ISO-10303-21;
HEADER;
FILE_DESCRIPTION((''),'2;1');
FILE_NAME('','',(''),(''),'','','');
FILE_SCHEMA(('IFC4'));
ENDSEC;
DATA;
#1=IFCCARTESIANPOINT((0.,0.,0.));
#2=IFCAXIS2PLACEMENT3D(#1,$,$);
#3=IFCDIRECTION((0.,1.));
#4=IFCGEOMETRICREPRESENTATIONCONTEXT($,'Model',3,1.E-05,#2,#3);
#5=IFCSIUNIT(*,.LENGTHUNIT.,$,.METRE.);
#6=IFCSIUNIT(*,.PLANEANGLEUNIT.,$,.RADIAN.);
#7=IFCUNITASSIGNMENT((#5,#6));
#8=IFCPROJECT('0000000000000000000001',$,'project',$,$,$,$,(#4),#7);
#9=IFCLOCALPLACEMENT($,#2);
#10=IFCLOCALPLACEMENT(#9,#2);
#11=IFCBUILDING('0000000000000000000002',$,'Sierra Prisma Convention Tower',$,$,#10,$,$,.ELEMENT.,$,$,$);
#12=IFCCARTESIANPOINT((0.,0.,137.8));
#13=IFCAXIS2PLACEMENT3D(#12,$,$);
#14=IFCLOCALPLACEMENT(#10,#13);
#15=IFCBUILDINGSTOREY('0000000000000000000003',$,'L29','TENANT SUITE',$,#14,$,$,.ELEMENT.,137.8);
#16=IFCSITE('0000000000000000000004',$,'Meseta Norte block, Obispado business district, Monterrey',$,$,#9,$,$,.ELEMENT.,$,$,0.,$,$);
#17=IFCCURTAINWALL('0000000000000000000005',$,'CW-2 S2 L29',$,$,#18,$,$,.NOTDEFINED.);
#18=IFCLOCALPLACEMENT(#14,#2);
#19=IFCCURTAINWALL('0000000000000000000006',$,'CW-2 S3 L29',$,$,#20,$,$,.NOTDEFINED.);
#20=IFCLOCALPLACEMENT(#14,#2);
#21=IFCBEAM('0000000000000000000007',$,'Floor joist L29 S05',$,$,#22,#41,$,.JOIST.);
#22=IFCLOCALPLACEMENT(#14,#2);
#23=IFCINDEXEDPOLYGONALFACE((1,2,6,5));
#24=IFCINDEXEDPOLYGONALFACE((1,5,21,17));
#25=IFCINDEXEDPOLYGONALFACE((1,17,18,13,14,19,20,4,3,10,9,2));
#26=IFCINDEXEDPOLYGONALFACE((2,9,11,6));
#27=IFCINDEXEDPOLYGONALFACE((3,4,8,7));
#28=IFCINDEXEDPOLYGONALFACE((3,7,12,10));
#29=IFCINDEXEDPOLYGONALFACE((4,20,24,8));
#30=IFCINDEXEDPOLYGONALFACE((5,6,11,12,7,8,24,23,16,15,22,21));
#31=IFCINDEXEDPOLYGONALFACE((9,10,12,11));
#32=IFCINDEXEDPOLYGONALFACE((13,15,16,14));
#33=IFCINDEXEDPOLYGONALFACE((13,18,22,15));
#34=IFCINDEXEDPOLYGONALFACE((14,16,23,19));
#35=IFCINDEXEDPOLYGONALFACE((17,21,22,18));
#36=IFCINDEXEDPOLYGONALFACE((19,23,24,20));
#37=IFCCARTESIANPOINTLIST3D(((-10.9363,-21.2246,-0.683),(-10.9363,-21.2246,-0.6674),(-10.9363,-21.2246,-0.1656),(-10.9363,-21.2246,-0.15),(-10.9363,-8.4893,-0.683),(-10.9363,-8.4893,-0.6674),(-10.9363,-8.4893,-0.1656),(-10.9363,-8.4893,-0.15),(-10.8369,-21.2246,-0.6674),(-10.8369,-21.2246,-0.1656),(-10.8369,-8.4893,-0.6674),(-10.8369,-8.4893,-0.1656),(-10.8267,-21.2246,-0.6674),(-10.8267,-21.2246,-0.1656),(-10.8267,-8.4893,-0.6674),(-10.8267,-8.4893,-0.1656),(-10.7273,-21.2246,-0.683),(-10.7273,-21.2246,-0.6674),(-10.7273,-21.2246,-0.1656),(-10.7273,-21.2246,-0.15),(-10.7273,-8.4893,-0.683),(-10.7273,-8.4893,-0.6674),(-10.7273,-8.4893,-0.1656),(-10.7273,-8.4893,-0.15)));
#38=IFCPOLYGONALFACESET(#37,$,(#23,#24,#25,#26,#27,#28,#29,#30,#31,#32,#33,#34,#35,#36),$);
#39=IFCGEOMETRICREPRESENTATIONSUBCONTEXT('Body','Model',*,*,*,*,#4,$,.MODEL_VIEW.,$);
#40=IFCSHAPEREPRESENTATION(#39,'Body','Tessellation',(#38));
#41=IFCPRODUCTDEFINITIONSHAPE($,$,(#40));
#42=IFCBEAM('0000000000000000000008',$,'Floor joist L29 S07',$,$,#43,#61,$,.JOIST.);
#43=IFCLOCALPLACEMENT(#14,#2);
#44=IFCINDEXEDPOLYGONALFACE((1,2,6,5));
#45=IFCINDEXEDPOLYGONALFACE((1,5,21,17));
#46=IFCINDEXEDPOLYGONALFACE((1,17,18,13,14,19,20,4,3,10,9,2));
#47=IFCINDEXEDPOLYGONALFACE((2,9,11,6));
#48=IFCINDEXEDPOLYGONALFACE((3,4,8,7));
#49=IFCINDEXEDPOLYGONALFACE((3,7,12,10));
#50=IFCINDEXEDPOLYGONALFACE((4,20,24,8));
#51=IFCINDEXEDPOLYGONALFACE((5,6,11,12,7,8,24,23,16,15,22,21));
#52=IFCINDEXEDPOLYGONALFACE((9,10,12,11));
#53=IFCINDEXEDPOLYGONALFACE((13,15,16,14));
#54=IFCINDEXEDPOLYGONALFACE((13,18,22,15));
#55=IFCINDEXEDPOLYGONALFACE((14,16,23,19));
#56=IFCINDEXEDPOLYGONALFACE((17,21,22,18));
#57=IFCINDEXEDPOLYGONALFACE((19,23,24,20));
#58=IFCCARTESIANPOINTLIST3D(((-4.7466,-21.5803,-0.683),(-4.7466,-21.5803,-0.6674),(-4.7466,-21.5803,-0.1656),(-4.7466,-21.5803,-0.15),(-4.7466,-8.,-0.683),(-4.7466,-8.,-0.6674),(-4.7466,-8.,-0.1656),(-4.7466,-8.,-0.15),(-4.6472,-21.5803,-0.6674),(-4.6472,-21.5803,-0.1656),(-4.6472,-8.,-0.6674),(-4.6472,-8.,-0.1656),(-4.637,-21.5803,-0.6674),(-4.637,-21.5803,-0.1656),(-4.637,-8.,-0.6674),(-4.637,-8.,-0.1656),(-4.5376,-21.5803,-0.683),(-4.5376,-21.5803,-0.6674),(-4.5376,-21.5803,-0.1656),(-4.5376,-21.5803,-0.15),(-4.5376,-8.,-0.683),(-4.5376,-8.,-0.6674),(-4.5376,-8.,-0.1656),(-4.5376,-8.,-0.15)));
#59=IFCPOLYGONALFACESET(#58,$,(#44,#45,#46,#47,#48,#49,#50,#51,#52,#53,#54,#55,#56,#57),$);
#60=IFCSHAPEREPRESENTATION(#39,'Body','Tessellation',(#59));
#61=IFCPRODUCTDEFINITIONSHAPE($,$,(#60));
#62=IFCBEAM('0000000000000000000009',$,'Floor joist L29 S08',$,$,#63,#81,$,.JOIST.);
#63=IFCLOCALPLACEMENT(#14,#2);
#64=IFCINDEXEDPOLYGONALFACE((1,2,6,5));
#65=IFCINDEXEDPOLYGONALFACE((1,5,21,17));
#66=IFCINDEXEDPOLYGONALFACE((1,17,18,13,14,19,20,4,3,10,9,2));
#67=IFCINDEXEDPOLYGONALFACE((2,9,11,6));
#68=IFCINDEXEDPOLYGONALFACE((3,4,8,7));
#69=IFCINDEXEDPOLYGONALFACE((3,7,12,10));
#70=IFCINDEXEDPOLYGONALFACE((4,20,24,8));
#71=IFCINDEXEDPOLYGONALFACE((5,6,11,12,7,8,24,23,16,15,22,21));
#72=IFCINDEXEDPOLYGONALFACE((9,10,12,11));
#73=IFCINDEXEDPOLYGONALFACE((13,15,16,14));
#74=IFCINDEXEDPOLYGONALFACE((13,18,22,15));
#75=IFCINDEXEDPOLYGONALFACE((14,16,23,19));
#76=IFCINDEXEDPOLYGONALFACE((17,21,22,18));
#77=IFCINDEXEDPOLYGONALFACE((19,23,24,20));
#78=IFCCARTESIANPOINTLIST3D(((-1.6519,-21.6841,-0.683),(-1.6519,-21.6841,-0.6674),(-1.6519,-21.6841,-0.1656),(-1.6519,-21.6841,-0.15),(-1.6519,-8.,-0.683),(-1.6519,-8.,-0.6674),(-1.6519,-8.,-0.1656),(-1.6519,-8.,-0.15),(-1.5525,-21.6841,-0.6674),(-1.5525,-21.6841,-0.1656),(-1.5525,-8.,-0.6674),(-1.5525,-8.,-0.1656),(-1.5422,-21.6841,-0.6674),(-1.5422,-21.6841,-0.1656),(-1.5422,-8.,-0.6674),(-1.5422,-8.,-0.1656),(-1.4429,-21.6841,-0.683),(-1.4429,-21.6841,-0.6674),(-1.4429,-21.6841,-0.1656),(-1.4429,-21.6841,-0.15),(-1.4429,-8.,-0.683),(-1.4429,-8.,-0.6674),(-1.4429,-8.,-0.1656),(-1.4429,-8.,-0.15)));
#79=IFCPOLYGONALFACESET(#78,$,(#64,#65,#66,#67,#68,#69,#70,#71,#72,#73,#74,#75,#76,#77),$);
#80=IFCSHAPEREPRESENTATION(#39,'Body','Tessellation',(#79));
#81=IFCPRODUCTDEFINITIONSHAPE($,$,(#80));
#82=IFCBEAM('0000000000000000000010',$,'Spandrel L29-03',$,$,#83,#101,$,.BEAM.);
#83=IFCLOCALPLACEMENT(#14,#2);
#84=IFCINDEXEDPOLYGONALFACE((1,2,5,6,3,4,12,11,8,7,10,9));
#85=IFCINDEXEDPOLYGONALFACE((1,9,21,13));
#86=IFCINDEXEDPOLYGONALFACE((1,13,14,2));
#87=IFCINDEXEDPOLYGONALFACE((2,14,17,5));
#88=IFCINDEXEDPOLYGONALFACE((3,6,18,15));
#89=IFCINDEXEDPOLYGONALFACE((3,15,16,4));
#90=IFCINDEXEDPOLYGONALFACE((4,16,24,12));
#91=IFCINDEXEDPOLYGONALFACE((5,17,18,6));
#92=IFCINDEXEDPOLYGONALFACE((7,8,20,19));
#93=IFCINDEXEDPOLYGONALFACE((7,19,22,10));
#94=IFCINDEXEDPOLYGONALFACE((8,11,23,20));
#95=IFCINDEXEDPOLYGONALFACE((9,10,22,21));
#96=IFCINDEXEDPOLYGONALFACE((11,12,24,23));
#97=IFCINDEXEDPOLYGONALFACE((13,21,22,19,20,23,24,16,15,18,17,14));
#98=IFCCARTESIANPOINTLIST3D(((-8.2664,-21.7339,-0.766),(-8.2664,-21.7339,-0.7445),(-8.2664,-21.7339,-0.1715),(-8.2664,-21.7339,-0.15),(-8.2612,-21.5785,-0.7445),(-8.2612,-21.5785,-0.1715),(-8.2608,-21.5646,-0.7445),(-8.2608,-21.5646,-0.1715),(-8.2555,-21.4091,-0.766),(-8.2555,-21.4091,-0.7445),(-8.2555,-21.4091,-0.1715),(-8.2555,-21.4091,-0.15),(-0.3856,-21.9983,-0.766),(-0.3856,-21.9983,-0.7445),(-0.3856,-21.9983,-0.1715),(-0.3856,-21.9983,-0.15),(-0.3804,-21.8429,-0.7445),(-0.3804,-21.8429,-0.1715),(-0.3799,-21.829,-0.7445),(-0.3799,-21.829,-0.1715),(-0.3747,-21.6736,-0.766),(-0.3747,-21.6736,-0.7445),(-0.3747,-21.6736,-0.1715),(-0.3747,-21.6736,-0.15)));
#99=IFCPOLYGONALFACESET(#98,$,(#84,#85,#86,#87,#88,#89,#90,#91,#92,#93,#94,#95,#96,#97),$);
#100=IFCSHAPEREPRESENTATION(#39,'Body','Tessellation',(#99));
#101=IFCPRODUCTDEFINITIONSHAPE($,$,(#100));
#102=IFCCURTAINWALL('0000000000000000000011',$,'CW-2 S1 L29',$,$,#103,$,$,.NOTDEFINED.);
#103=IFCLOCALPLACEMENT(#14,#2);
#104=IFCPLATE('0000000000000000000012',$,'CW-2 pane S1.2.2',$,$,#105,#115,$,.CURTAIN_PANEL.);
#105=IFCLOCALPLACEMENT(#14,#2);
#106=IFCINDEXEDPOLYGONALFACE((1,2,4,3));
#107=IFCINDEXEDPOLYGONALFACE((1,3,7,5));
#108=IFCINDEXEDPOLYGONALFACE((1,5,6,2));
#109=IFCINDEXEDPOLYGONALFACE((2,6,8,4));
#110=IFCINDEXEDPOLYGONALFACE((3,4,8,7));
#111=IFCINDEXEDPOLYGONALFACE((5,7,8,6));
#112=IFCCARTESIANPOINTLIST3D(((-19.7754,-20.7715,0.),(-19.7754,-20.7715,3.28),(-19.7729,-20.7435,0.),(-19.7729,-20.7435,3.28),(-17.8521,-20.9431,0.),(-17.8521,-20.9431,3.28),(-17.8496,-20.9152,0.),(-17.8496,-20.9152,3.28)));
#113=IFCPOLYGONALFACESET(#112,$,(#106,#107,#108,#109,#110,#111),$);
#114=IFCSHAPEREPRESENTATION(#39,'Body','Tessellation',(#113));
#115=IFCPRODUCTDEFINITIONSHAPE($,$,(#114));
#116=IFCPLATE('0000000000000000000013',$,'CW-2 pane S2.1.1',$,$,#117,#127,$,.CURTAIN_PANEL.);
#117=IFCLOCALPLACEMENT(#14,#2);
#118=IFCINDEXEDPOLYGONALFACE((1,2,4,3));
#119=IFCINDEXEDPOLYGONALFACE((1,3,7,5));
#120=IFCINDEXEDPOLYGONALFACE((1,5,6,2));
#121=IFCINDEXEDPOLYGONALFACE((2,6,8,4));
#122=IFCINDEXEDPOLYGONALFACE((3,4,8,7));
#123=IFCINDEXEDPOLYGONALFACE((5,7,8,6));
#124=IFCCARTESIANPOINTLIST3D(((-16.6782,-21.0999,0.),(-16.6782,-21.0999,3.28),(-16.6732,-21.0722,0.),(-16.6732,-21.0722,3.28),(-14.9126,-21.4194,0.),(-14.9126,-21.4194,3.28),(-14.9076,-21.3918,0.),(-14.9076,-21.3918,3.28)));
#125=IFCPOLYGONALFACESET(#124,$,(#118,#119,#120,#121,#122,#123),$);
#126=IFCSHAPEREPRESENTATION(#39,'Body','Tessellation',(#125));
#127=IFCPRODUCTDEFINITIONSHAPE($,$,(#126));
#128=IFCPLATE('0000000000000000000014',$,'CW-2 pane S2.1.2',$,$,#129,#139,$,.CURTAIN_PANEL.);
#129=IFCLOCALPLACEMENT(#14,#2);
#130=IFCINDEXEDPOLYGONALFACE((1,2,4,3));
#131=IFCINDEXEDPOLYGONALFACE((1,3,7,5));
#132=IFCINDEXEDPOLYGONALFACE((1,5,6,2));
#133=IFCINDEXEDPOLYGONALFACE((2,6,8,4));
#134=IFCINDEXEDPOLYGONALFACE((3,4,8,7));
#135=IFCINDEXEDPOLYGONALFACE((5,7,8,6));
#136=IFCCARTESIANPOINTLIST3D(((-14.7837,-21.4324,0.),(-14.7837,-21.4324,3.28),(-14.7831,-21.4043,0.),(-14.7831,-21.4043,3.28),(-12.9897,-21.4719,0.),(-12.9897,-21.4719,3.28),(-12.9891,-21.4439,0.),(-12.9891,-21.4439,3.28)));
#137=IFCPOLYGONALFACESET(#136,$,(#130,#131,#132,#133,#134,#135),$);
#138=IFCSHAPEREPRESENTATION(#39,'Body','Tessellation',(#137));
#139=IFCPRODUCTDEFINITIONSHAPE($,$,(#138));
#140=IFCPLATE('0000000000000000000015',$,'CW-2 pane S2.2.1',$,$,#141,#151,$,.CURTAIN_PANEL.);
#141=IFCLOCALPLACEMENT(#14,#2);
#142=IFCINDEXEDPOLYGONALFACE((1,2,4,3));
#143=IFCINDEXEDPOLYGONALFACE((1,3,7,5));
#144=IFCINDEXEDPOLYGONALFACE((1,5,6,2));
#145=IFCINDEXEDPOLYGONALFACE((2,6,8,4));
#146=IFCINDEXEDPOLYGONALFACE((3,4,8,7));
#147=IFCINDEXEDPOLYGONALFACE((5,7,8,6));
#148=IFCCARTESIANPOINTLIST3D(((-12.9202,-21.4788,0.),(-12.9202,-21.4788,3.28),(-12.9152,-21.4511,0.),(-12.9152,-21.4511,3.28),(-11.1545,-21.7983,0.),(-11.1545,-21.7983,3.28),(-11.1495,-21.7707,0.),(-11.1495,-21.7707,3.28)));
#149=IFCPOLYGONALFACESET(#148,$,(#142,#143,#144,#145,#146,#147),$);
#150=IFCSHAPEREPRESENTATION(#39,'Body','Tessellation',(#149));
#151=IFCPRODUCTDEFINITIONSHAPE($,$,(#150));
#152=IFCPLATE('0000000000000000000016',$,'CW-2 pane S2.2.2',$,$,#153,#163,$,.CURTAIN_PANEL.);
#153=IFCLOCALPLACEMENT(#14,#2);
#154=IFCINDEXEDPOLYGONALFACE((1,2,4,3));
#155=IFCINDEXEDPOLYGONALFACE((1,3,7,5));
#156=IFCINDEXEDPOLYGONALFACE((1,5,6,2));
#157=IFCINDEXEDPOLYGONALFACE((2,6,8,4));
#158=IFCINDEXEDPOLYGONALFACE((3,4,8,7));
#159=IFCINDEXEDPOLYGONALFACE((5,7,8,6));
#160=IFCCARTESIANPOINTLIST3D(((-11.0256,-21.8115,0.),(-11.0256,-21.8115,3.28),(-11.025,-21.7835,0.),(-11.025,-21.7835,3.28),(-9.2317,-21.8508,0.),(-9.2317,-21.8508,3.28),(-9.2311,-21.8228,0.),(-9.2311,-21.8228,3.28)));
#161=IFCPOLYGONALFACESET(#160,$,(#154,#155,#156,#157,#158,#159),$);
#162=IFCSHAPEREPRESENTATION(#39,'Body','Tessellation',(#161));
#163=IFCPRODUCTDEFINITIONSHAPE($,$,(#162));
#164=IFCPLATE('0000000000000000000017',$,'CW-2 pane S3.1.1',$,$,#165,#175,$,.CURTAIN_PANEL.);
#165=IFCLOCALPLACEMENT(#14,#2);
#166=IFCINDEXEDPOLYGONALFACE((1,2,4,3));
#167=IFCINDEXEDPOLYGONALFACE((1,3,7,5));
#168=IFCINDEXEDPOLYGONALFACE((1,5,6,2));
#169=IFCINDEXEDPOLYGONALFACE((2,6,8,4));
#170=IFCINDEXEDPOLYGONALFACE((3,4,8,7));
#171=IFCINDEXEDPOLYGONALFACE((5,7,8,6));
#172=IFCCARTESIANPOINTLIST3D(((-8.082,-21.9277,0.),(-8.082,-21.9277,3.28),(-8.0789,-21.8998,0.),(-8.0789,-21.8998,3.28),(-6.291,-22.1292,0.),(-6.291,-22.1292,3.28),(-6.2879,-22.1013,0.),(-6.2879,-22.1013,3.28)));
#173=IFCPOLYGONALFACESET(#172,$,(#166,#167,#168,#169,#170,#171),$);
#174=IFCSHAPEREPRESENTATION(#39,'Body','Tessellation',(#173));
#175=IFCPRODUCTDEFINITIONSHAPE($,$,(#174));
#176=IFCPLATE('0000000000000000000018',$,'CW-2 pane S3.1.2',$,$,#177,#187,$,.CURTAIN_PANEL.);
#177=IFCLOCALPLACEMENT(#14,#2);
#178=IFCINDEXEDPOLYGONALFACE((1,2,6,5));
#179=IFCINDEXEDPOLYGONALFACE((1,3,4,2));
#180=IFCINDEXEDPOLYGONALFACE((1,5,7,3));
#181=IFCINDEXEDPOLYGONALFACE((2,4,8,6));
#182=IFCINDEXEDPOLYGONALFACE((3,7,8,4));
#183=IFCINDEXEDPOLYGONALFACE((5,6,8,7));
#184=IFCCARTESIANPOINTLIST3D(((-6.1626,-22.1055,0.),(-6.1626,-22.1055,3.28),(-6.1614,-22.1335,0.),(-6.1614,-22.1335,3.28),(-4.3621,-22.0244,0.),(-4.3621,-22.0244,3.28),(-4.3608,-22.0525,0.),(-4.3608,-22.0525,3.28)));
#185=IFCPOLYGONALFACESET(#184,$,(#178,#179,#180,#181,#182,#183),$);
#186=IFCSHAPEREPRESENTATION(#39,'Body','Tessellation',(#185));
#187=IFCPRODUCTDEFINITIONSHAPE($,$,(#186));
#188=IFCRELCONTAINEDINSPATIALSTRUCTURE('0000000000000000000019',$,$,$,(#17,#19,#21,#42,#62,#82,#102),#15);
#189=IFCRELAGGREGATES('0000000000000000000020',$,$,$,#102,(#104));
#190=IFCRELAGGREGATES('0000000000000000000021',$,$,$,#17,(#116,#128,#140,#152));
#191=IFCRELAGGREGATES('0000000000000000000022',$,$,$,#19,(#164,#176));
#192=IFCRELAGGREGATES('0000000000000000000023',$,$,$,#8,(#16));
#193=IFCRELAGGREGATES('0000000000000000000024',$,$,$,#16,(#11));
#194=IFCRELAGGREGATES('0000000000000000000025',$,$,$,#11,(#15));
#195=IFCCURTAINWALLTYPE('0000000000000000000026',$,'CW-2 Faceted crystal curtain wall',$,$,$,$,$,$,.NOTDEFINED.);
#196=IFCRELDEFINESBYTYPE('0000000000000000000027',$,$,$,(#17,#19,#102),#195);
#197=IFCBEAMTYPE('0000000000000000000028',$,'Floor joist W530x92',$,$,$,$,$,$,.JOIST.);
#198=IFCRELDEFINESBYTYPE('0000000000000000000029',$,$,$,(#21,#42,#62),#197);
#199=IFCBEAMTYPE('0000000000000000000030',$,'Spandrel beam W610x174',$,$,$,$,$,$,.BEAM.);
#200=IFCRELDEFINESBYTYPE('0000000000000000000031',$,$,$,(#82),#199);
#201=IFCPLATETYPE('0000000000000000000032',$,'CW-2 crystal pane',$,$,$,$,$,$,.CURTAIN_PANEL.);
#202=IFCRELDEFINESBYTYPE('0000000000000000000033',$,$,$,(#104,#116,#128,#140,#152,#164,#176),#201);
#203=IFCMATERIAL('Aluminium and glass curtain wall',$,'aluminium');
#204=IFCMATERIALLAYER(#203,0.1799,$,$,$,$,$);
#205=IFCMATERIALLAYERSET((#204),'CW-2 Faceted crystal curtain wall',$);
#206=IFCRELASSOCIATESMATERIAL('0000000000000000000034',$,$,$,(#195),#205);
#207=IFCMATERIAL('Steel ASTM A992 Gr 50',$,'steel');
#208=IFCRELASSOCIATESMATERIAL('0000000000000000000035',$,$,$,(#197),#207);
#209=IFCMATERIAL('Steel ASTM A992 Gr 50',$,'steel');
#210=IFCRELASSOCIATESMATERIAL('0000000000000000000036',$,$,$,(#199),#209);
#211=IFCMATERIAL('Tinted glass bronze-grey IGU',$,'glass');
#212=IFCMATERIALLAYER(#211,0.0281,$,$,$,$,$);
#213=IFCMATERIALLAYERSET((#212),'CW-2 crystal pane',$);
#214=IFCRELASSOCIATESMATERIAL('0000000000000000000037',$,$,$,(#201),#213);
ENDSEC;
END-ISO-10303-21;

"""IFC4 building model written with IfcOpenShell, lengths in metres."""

from ifc_helpers import new_model, si_unit, direction, frame, origin, origin_2d, place, context, subcontext, project, spatial, polyline, i_section, outline, extrude, material, layer, layer_set, material_profile, profile_set, type_object, element, aggregate, save


model = new_model("IFC4")

# Units and contexts
model_context = context("Model", 3, precision=1e-05, world=origin(), true_north=direction((0.0, 1.0)))
body_context = subcontext(model_context, "Body", "Model", "MODEL_VIEW")
ifc_project = project(units=[si_unit("LENGTHUNIT", "METRE"), si_unit("PLANEANGLEUNIT", "RADIAN")], contexts=[model_context])

# Site, building, storey
site_placement = place(None, origin())
site = spatial("IfcSite", under=ifc_project, at=site_placement, Name="Meseta Norte block, Obispado business district, Monterrey", CompositionType="ELEMENT", RefElevation=0.0)
building_placement = place(site_placement, origin())
building = spatial("IfcBuilding", under=site, at=building_placement, Name="Sierra Prisma Convention Tower", CompositionType="ELEMENT")
storey_placement = place(building_placement, frame((0.0, 0.0, 137.8)))
storey = spatial("IfcBuildingStorey", under=building, at=storey_placement, Name="L29", Description="TENANT SUITE", CompositionType="ELEMENT", Elevation=137.8)

# Curtain walls
ifc_material_1 = material(Name="Aluminium and glass curtain wall", Category="aluminium")
ifc_layer_1 = layer(ifc_material_1, 0.1799)
ifc_layer_set_1 = layer_set([ifc_layer_1], Name="CW-2 Faceted crystal curtain wall")
curtain_wall_type = type_object("IfcCurtainWallType", Name="CW-2 Faceted crystal curtain wall", PredefinedType="NOTDEFINED", material=ifc_layer_set_1)
curtain_wall_1_placement = place(storey_placement, origin())
curtain_wall_1 = element("IfcCurtainWall", 1, at=curtain_wall_1_placement, inside=storey, type_object=curtain_wall_type, Name="CW-2 S2 L29", PredefinedType="NOTDEFINED")
curtain_wall_2_placement = place(storey_placement, origin())
curtain_wall_2 = element("IfcCurtainWall", 2, at=curtain_wall_2_placement, inside=storey, type_object=curtain_wall_type, Name="CW-2 S3 L29", PredefinedType="NOTDEFINED")

# Beams
ifc_material_2 = material(Name="Steel ASTM A992 Gr 50", Category="steel")
ifc_material_profile_1 = material_profile(ifc_material_2, i_section(OverallWidth=0.209, OverallDepth=0.533, WebThickness=0.0103, FlangeThickness=0.0156, at=origin_2d()), Name="W530x92")
ifc_profile_set_1 = profile_set([ifc_material_profile_1], Name="Steel ASTM A992 Gr 50")
beam_type_1 = type_object("IfcBeamType", Name="Floor joist W530x92", PredefinedType="JOIST", material=ifc_profile_set_1)
beam_1_placement = place(storey_placement, frame((-10.8318, -21.2246, -0.4165), z_axis=(0.0, 1.0, 0.0), x_axis=(-1.0, 0.0, 0.0)))
element("IfcBeam", 3, at=beam_1_placement, inside=storey, type_object=beam_type_1, Name="Floor joist L29 S05", PredefinedType="JOIST", context=body_context, shape_type="SweptSolid", body=[
    extrude(i_section(OverallWidth=0.209, OverallDepth=0.533, WebThickness=0.0103, FlangeThickness=0.0156, at=origin_2d()), origin(), (0.0, 0.0, 1.0), 12.7354),
])
beam_2_placement = place(storey_placement, frame((-4.6421, -21.5803, -0.4165), z_axis=(0.0, 1.0, 0.0), x_axis=(-1.0, 0.0, 0.0)))
element("IfcBeam", 4, at=beam_2_placement, inside=storey, type_object=beam_type_1, Name="Floor joist L29 S07", PredefinedType="JOIST", context=body_context, shape_type="SweptSolid", body=[
    extrude(i_section(OverallWidth=0.209, OverallDepth=0.533, WebThickness=0.0103, FlangeThickness=0.0156, at=origin_2d()), origin(), (0.0, 0.0, 1.0), 13.5803),
])
beam_3_placement = place(storey_placement, frame((-1.5474, -21.6841, -0.4165), z_axis=(0.0, 1.0, 0.0), x_axis=(-1.0, 0.0, 0.0)))
element("IfcBeam", 5, at=beam_3_placement, inside=storey, type_object=beam_type_1, Name="Floor joist L29 S08", PredefinedType="JOIST", context=body_context, shape_type="SweptSolid", body=[
    extrude(i_section(OverallWidth=0.209, OverallDepth=0.533, WebThickness=0.0103, FlangeThickness=0.0156, at=origin_2d()), origin(), (0.0, 0.0, 1.0), 13.6841),
])
ifc_material_3 = material(Name="Steel ASTM A992 Gr 50", Category="steel")
ifc_material_profile_2 = material_profile(ifc_material_3, i_section(OverallWidth=0.325, OverallDepth=0.616, WebThickness=0.0139, FlangeThickness=0.0215, at=origin_2d()), Name="W610x174")
ifc_profile_set_2 = profile_set([ifc_material_profile_2], Name="Steel ASTM A992 Gr 50")
beam_type_2 = type_object("IfcBeamType", Name="Spandrel beam W610x174", PredefinedType="BEAM", material=ifc_profile_set_2)
beam_4_placement = place(storey_placement, frame((-8.261, -21.5715, -0.458), z_axis=(0.999438, -0.033531, 0.0), x_axis=(0.033531, 0.999438, 0.0)))
element("IfcBeam", 6, at=beam_4_placement, inside=storey, type_object=beam_type_2, Name="Spandrel L29-03", PredefinedType="BEAM", context=body_context, shape_type="SweptSolid", body=[
    extrude(i_section(OverallWidth=0.325, OverallDepth=0.616, WebThickness=0.0139, FlangeThickness=0.0215, at=origin_2d()), origin(), (0.0, 0.0, 1.0), 7.8853),
])

# Curtain wall, plate
curtain_wall_3_placement = place(storey_placement, origin())
curtain_wall_3 = element("IfcCurtainWall", 7, at=curtain_wall_3_placement, inside=storey, type_object=curtain_wall_type, Name="CW-2 S1 L29", PredefinedType="NOTDEFINED")
ifc_material_4 = material(Name="Tinted glass bronze-grey IGU", Category="glass")
ifc_layer_2 = layer(ifc_material_4, 0.0281)
ifc_layer_set_2 = layer_set([ifc_layer_2], Name="CW-2 crystal pane")
plate_type = type_object("IfcPlateType", Name="CW-2 crystal pane", PredefinedType="CURTAIN_PANEL", material=ifc_layer_set_2)
plate_1_placement = place(storey_placement, frame((-17.8521, -20.9431, 0.0), z_axis=(-0.088883, -0.996042, 0.0), x_axis=(-0.996042, 0.088883, 0.0)))
plate_1 = element("IfcPlate", 8, at=plate_1_placement, type_object=plate_type, Name="CW-2 pane S1.2.2", PredefinedType="CURTAIN_PANEL", context=body_context, shape_type="SweptSolid", body=[
    extrude(outline(polyline([(0.0, 0.0), (1.931, 0.0), (1.931, -3.28), (0.0, -3.28), (0.0, 0.0)])), origin(), (0.0, 0.0, -1.0), 0.0281),
])
aggregate(curtain_wall_3, [plate_1])

# Plates
plate_2_placement = place(storey_placement, frame((-16.6782, -21.0999, 0.0), z_axis=(-0.178107, -0.984011, 0.0), x_axis=(0.984011, -0.178107, 0.0)))
plate_2 = element("IfcPlate", 9, at=plate_2_placement, type_object=plate_type, Name="CW-2 pane S2.1.1", PredefinedType="CURTAIN_PANEL", context=body_context, shape_type="SweptSolid", body=[
    extrude(outline(polyline([(0.0, 0.0), (1.7943, 0.0), (1.7943, 3.28), (0.0, 3.28), (0.0, 0.0)])), origin(), (0.0, 0.0, -1.0), 0.0281),
])
plate_3_placement = place(storey_placement, frame((-12.9897, -21.4719, 0.0), z_axis=(-0.022041, -0.999757, 0.0), x_axis=(-0.999757, 0.022041, 0.0)))
plate_3 = element("IfcPlate", 10, at=plate_3_placement, type_object=plate_type, Name="CW-2 pane S2.1.2", PredefinedType="CURTAIN_PANEL", context=body_context, shape_type="SweptSolid", body=[
    extrude(outline(polyline([(0.0, 0.0), (1.7944, 0.0), (1.7944, -3.28), (0.0, -3.28), (0.0, 0.0)])), origin(), (0.0, 0.0, -1.0), 0.0281),
])
plate_4_placement = place(storey_placement, frame((-12.9202, -21.4788, 0.0), z_axis=(-0.178107, -0.984011, 0.0), x_axis=(0.984011, -0.178107, 0.0)))
plate_4 = element("IfcPlate", 11, at=plate_4_placement, type_object=plate_type, Name="CW-2 pane S2.2.1", PredefinedType="CURTAIN_PANEL", context=body_context, shape_type="SweptSolid", body=[
    extrude(outline(polyline([(0.0, 0.0), (1.7943, 0.0), (1.7943, 3.28), (0.0, 3.28), (0.0, 0.0)])), origin(), (0.0, 0.0, -1.0), 0.0281),
])
plate_5_placement = place(storey_placement, frame((-9.2317, -21.8508, 0.0), z_axis=(-0.021905, -0.99976, 0.0), x_axis=(-0.99976, 0.021905, 0.0)))
plate_5 = element("IfcPlate", 12, at=plate_5_placement, type_object=plate_type, Name="CW-2 pane S2.2.2", PredefinedType="CURTAIN_PANEL", context=body_context, shape_type="SweptSolid", body=[
    extrude(outline(polyline([(0.0, 0.0), (1.7944, 0.0), (1.7944, -3.28), (0.0, -3.28), (0.0, 0.0)])), origin(), (0.0, 0.0, -1.0), 0.0281),
])
aggregate(curtain_wall_1, [plate_2, plate_3, plate_4, plate_5])
plate_6_placement = place(storey_placement, frame((-8.082, -21.9277, 0.0), z_axis=(-0.111755, -0.993736, 0.0), x_axis=(0.993736, -0.111755, 0.0)))
plate_6 = element("IfcPlate", 13, at=plate_6_placement, type_object=plate_type, Name="CW-2 pane S3.1.1", PredefinedType="CURTAIN_PANEL", context=body_context, shape_type="SweptSolid", body=[
    extrude(outline(polyline([(0.0, 0.0), (1.8023, 0.0), (1.8023, 3.28), (0.0, 3.28), (0.0, 0.0)])), origin(), (0.0, 0.0, -1.0), 0.0281),
])
plate_7_placement = place(storey_placement, frame((-4.3608, -22.0525, 0.0), z_axis=(0.044971, -0.998988, 0.0), x_axis=(-0.998988, -0.044971, 0.0)))
plate_7 = element("IfcPlate", 14, at=plate_7_placement, type_object=plate_type, Name="CW-2 pane S3.1.2", PredefinedType="CURTAIN_PANEL", context=body_context, shape_type="SweptSolid", body=[
    extrude(outline(polyline([(0.0, 0.0), (1.8024, 0.0), (1.8024, -3.28), (0.0, -3.28), (0.0, 0.0)])), origin(), (0.0, 0.0, -1.0), 0.0281),
])
aggregate(curtain_wall_2, [plate_6, plate_7])

save(model, "model.ifc")
